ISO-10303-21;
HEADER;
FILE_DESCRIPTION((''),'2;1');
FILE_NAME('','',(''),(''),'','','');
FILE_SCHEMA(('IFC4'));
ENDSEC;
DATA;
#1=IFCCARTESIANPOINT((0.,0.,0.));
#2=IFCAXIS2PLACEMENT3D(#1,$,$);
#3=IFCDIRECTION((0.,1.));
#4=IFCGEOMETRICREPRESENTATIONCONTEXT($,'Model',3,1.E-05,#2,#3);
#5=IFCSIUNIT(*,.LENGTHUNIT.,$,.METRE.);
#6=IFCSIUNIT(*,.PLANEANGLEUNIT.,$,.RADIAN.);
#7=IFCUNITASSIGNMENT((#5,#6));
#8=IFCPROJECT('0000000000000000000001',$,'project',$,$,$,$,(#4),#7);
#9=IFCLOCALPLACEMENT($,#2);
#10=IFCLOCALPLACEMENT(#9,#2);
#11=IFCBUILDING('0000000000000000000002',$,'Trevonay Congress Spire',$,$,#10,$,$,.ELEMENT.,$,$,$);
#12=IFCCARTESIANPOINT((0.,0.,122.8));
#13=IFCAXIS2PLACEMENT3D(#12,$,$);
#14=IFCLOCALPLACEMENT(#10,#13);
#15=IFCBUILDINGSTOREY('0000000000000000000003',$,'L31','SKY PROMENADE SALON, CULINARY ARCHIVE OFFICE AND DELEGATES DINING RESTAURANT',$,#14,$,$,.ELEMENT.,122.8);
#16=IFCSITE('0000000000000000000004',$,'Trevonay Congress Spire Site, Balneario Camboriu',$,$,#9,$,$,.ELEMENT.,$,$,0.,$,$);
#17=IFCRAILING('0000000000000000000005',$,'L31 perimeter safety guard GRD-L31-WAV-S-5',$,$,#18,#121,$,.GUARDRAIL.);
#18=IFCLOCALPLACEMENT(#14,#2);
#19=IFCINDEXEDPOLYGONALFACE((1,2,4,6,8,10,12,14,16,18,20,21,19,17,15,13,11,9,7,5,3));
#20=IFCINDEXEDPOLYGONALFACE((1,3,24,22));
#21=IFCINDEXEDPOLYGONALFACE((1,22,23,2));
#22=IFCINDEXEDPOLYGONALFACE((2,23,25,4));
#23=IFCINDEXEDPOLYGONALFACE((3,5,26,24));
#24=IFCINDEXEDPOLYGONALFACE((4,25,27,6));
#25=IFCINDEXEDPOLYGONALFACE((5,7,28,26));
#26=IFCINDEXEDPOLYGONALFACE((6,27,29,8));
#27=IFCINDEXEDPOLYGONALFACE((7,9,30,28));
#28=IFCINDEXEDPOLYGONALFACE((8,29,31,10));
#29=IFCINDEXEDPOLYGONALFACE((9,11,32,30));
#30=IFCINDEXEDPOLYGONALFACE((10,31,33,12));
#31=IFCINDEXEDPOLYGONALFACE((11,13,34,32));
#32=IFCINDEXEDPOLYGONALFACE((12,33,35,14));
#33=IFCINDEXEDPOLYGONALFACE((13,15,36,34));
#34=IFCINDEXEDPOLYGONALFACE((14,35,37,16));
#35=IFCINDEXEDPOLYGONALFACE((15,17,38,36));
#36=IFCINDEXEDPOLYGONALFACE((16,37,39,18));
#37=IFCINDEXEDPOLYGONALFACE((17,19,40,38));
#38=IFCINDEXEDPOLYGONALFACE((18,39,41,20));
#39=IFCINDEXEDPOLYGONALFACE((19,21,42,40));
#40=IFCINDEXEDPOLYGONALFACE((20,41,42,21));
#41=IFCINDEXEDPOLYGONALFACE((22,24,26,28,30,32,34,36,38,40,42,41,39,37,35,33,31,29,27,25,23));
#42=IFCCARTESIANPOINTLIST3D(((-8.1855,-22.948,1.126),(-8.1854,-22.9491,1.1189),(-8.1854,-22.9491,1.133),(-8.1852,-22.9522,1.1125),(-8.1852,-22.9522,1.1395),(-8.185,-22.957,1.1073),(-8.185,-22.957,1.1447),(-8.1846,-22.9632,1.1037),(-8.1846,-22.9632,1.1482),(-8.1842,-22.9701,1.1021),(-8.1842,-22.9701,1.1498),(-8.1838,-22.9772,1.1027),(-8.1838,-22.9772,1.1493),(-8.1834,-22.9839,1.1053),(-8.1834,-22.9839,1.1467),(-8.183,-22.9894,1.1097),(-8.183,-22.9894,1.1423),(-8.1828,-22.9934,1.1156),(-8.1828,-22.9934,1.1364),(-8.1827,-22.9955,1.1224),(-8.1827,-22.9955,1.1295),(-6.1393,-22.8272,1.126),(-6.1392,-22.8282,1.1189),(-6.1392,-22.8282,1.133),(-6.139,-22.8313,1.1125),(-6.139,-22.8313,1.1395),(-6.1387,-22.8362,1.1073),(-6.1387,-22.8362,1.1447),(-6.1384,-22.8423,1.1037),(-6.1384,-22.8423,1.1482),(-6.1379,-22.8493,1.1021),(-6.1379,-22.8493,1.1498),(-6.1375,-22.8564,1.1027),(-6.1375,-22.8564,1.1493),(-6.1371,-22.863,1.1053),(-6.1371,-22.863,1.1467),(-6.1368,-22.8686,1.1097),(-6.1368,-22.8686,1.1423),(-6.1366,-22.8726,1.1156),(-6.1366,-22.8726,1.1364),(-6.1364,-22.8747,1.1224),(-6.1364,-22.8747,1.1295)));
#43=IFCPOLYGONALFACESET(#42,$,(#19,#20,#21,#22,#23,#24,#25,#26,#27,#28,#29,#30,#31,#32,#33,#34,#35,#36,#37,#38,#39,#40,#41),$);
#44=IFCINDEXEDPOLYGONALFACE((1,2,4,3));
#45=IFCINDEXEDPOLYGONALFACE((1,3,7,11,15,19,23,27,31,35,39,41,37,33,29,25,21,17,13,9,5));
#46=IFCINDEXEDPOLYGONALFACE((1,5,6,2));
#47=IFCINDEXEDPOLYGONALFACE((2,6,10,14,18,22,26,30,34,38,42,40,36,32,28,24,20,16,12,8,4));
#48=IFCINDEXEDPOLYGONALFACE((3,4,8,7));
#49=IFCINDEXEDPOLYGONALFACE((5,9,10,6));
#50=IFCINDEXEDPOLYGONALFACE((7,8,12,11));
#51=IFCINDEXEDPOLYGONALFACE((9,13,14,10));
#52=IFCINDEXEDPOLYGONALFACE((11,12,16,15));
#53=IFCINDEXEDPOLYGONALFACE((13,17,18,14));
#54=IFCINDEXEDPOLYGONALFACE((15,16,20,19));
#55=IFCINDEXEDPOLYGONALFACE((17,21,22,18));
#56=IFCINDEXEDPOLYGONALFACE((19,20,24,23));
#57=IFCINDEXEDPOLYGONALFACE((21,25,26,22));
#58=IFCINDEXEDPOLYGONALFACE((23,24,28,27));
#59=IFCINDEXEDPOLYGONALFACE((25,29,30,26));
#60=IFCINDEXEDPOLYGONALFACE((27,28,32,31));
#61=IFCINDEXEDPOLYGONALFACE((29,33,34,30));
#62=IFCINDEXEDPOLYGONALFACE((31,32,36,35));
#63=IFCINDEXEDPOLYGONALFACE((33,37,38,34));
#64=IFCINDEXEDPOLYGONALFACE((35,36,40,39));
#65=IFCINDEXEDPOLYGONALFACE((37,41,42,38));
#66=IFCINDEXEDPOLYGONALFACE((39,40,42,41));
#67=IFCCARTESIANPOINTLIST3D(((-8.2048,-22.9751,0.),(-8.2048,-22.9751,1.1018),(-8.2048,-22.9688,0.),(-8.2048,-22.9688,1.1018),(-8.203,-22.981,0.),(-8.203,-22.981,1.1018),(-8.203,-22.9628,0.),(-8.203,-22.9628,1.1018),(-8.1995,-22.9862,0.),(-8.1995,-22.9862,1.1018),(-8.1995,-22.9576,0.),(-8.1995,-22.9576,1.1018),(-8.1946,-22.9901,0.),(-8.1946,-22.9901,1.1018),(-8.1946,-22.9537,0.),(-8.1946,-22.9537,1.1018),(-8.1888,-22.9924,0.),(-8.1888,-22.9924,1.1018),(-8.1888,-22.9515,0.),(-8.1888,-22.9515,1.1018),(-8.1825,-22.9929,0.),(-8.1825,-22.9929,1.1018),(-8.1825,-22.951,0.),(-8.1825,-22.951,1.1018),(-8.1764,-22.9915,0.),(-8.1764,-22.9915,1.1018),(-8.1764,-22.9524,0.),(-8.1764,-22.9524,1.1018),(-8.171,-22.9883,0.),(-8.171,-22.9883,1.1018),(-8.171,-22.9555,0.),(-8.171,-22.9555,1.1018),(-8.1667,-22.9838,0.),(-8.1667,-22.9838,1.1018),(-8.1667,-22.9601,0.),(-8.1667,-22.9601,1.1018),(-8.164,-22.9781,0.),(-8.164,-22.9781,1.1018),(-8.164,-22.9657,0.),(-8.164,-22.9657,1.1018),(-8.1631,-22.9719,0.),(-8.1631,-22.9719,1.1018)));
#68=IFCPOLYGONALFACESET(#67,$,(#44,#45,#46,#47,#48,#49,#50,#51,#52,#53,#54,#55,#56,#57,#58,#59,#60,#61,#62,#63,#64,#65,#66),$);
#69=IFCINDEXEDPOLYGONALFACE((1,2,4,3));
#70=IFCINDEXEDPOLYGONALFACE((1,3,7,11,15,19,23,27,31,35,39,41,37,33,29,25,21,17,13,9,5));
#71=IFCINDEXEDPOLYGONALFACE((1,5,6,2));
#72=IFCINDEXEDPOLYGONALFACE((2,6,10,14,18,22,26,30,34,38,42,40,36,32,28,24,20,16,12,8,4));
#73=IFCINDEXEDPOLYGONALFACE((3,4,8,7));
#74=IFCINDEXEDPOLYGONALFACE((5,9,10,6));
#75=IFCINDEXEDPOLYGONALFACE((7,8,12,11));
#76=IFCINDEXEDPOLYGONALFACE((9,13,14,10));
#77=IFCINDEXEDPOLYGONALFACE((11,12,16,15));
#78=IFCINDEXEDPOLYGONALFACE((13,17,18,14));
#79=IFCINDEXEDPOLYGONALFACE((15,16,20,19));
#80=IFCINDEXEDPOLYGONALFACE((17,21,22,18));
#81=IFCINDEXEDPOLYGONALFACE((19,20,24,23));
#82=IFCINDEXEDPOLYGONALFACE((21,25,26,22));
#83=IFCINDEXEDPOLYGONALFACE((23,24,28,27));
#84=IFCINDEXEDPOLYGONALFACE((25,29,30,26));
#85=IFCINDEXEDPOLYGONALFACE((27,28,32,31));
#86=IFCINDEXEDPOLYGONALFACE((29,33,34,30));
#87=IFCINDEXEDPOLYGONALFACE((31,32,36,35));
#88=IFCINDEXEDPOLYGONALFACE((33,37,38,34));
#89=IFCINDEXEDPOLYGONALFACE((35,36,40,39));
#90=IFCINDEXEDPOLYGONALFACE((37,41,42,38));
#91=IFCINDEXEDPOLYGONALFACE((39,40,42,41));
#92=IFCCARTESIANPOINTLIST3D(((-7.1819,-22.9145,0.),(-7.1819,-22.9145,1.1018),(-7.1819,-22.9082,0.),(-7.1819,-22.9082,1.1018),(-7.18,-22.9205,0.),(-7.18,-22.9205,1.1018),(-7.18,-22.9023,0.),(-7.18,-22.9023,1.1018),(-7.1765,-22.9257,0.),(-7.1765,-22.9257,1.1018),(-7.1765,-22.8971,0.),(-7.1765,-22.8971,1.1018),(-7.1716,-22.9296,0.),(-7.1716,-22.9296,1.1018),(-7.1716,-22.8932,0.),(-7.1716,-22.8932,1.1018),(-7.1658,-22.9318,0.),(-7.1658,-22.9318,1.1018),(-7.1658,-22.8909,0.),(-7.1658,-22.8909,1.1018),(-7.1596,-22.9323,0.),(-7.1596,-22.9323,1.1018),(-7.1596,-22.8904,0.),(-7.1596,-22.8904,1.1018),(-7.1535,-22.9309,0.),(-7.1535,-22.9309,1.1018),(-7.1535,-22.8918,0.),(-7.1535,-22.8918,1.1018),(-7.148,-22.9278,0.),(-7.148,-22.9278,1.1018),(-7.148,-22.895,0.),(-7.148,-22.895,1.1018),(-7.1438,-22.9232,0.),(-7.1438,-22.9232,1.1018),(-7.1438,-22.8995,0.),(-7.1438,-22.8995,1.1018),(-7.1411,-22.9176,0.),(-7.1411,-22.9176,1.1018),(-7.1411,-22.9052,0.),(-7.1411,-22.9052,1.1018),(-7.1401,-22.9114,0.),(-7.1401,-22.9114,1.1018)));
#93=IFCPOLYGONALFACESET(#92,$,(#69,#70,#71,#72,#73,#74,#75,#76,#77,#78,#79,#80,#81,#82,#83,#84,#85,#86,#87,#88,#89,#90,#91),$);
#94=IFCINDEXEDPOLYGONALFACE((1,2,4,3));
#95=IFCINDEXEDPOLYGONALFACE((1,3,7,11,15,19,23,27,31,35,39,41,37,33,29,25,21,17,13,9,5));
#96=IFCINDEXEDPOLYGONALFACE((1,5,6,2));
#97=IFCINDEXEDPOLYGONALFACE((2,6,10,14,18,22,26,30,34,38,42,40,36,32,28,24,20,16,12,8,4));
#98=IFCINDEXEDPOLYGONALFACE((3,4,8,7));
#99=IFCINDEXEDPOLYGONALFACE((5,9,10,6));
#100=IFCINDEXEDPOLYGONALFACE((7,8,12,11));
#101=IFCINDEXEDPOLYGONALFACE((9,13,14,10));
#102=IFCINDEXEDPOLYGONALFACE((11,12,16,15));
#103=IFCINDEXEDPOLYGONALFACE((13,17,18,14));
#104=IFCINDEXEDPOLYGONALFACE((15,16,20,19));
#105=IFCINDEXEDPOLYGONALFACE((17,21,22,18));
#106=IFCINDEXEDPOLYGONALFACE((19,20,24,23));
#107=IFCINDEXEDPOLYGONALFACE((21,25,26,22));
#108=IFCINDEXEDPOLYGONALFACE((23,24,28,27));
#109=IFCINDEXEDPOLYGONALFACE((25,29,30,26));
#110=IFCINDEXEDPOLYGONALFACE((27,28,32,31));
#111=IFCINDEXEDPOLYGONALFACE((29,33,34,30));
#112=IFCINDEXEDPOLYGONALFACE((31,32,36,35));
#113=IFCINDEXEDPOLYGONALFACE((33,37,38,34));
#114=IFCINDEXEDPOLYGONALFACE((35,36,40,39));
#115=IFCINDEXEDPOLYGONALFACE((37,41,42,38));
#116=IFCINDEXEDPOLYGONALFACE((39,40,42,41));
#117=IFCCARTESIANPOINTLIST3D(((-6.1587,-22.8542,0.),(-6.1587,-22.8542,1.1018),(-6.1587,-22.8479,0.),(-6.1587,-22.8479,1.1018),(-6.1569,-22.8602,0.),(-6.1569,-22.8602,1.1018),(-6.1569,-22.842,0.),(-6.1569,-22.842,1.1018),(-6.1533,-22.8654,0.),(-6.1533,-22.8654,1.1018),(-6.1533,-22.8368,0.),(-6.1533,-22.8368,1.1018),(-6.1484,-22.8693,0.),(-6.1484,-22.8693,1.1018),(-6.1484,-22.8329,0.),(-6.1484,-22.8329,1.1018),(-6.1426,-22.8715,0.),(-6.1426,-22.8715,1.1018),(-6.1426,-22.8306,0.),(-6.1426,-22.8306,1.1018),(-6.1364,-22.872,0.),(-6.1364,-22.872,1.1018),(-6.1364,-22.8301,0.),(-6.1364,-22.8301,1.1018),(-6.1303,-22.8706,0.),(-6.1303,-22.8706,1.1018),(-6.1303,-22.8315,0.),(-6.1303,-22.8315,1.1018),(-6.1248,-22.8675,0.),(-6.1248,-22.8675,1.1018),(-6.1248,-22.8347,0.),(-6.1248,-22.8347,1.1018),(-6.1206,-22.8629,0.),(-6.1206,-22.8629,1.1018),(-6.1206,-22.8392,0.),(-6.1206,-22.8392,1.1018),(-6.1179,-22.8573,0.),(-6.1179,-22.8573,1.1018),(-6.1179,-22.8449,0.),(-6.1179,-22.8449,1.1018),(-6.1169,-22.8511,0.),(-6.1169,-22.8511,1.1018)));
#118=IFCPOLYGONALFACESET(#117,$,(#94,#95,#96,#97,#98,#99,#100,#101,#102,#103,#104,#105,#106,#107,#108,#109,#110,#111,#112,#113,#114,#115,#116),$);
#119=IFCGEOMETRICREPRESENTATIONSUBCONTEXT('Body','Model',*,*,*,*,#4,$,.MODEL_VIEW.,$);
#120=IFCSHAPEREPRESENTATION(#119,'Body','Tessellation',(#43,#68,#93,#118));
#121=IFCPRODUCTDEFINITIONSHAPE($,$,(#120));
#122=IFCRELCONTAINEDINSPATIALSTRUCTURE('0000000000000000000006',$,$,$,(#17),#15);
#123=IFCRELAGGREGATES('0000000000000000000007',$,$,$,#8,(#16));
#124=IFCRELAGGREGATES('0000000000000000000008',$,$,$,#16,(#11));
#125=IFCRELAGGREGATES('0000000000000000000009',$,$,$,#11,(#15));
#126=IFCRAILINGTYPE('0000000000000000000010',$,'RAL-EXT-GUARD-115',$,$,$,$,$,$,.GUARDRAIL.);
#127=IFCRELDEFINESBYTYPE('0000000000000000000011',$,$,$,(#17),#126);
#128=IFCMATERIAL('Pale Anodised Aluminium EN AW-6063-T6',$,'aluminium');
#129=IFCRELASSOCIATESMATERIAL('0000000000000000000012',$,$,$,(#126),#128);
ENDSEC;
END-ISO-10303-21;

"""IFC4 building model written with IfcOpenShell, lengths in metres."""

from ifc_helpers import new_model, si_unit, direction, frame, origin, origin_2d, place, context, subcontext, project, spatial, circle, extrude, material, type_object, element, save


model = new_model("IFC4")

# Units and contexts
model_context = context("Model", 3, precision=1e-05, world=origin(), true_north=direction((0.0, 1.0)))
body_context = subcontext(model_context, "Body", "Model", "MODEL_VIEW")
ifc_project = project(units=[si_unit("LENGTHUNIT", "METRE"), si_unit("PLANEANGLEUNIT", "RADIAN")], contexts=[model_context])

# Site, building, storey
site_placement = place(None, origin())
site = spatial("IfcSite", under=ifc_project, at=site_placement, Name="Trevonay Congress Spire Site, Balneario Camboriu", CompositionType="ELEMENT", RefElevation=0.0)
building_placement = place(site_placement, origin())
building = spatial("IfcBuilding", under=site, at=building_placement, Name="Trevonay Congress Spire", CompositionType="ELEMENT")
storey_placement = place(building_placement, frame((0.0, 0.0, 122.8)))
storey = spatial("IfcBuildingStorey", under=building, at=storey_placement, Name="L31", Description="SKY PROMENADE SALON, CULINARY ARCHIVE OFFICE AND DELEGATES DINING RESTAURANT", CompositionType="ELEMENT", Elevation=122.8)

# Shared definitions
ifc_material_1 = material(Name="Pale Anodised Aluminium EN AW-6063-T6", Category="aluminium")

# Railing
railing_type = type_object("IfcRailingType", Name="RAL-EXT-GUARD-115", PredefinedType="GUARDRAIL", material=ifc_material_1)
railing_1_placement = place(storey_placement, frame((-8.1841, -22.9719, 0.0)))
element("IfcRailing", 1, at=railing_1_placement, inside=storey, type_object=railing_type, Name="L31 perimeter safety guard GRD-L31-WAV-S-5", PredefinedType="GUARDRAIL", context=body_context, shape_type="SweptSolid", body=[
    extrude(circle(Radius=0.0239, at=origin_2d()), frame((0.0, 0.0, 1.126), z_axis=(0.99826, 0.058959, 0.0), x_axis=(-0.058959, 0.99826, 0.0)), (0.0, 0.0, 1.0), 2.0498),
    extrude(circle(Radius=0.021, at=origin_2d()), origin(), (0.0, 0.0, 1.0), 1.1018),
    extrude(circle(Radius=0.021, at=origin_2d()), frame((1.0229, 0.0605, 0.0)), (0.0, 0.0, 1.0), 1.1018),
    extrude(circle(Radius=0.021, at=origin_2d()), frame((2.0461, 0.1208, 0.0)), (0.0, 0.0, 1.0), 1.1018),
])

save(model, "model.ifc")
